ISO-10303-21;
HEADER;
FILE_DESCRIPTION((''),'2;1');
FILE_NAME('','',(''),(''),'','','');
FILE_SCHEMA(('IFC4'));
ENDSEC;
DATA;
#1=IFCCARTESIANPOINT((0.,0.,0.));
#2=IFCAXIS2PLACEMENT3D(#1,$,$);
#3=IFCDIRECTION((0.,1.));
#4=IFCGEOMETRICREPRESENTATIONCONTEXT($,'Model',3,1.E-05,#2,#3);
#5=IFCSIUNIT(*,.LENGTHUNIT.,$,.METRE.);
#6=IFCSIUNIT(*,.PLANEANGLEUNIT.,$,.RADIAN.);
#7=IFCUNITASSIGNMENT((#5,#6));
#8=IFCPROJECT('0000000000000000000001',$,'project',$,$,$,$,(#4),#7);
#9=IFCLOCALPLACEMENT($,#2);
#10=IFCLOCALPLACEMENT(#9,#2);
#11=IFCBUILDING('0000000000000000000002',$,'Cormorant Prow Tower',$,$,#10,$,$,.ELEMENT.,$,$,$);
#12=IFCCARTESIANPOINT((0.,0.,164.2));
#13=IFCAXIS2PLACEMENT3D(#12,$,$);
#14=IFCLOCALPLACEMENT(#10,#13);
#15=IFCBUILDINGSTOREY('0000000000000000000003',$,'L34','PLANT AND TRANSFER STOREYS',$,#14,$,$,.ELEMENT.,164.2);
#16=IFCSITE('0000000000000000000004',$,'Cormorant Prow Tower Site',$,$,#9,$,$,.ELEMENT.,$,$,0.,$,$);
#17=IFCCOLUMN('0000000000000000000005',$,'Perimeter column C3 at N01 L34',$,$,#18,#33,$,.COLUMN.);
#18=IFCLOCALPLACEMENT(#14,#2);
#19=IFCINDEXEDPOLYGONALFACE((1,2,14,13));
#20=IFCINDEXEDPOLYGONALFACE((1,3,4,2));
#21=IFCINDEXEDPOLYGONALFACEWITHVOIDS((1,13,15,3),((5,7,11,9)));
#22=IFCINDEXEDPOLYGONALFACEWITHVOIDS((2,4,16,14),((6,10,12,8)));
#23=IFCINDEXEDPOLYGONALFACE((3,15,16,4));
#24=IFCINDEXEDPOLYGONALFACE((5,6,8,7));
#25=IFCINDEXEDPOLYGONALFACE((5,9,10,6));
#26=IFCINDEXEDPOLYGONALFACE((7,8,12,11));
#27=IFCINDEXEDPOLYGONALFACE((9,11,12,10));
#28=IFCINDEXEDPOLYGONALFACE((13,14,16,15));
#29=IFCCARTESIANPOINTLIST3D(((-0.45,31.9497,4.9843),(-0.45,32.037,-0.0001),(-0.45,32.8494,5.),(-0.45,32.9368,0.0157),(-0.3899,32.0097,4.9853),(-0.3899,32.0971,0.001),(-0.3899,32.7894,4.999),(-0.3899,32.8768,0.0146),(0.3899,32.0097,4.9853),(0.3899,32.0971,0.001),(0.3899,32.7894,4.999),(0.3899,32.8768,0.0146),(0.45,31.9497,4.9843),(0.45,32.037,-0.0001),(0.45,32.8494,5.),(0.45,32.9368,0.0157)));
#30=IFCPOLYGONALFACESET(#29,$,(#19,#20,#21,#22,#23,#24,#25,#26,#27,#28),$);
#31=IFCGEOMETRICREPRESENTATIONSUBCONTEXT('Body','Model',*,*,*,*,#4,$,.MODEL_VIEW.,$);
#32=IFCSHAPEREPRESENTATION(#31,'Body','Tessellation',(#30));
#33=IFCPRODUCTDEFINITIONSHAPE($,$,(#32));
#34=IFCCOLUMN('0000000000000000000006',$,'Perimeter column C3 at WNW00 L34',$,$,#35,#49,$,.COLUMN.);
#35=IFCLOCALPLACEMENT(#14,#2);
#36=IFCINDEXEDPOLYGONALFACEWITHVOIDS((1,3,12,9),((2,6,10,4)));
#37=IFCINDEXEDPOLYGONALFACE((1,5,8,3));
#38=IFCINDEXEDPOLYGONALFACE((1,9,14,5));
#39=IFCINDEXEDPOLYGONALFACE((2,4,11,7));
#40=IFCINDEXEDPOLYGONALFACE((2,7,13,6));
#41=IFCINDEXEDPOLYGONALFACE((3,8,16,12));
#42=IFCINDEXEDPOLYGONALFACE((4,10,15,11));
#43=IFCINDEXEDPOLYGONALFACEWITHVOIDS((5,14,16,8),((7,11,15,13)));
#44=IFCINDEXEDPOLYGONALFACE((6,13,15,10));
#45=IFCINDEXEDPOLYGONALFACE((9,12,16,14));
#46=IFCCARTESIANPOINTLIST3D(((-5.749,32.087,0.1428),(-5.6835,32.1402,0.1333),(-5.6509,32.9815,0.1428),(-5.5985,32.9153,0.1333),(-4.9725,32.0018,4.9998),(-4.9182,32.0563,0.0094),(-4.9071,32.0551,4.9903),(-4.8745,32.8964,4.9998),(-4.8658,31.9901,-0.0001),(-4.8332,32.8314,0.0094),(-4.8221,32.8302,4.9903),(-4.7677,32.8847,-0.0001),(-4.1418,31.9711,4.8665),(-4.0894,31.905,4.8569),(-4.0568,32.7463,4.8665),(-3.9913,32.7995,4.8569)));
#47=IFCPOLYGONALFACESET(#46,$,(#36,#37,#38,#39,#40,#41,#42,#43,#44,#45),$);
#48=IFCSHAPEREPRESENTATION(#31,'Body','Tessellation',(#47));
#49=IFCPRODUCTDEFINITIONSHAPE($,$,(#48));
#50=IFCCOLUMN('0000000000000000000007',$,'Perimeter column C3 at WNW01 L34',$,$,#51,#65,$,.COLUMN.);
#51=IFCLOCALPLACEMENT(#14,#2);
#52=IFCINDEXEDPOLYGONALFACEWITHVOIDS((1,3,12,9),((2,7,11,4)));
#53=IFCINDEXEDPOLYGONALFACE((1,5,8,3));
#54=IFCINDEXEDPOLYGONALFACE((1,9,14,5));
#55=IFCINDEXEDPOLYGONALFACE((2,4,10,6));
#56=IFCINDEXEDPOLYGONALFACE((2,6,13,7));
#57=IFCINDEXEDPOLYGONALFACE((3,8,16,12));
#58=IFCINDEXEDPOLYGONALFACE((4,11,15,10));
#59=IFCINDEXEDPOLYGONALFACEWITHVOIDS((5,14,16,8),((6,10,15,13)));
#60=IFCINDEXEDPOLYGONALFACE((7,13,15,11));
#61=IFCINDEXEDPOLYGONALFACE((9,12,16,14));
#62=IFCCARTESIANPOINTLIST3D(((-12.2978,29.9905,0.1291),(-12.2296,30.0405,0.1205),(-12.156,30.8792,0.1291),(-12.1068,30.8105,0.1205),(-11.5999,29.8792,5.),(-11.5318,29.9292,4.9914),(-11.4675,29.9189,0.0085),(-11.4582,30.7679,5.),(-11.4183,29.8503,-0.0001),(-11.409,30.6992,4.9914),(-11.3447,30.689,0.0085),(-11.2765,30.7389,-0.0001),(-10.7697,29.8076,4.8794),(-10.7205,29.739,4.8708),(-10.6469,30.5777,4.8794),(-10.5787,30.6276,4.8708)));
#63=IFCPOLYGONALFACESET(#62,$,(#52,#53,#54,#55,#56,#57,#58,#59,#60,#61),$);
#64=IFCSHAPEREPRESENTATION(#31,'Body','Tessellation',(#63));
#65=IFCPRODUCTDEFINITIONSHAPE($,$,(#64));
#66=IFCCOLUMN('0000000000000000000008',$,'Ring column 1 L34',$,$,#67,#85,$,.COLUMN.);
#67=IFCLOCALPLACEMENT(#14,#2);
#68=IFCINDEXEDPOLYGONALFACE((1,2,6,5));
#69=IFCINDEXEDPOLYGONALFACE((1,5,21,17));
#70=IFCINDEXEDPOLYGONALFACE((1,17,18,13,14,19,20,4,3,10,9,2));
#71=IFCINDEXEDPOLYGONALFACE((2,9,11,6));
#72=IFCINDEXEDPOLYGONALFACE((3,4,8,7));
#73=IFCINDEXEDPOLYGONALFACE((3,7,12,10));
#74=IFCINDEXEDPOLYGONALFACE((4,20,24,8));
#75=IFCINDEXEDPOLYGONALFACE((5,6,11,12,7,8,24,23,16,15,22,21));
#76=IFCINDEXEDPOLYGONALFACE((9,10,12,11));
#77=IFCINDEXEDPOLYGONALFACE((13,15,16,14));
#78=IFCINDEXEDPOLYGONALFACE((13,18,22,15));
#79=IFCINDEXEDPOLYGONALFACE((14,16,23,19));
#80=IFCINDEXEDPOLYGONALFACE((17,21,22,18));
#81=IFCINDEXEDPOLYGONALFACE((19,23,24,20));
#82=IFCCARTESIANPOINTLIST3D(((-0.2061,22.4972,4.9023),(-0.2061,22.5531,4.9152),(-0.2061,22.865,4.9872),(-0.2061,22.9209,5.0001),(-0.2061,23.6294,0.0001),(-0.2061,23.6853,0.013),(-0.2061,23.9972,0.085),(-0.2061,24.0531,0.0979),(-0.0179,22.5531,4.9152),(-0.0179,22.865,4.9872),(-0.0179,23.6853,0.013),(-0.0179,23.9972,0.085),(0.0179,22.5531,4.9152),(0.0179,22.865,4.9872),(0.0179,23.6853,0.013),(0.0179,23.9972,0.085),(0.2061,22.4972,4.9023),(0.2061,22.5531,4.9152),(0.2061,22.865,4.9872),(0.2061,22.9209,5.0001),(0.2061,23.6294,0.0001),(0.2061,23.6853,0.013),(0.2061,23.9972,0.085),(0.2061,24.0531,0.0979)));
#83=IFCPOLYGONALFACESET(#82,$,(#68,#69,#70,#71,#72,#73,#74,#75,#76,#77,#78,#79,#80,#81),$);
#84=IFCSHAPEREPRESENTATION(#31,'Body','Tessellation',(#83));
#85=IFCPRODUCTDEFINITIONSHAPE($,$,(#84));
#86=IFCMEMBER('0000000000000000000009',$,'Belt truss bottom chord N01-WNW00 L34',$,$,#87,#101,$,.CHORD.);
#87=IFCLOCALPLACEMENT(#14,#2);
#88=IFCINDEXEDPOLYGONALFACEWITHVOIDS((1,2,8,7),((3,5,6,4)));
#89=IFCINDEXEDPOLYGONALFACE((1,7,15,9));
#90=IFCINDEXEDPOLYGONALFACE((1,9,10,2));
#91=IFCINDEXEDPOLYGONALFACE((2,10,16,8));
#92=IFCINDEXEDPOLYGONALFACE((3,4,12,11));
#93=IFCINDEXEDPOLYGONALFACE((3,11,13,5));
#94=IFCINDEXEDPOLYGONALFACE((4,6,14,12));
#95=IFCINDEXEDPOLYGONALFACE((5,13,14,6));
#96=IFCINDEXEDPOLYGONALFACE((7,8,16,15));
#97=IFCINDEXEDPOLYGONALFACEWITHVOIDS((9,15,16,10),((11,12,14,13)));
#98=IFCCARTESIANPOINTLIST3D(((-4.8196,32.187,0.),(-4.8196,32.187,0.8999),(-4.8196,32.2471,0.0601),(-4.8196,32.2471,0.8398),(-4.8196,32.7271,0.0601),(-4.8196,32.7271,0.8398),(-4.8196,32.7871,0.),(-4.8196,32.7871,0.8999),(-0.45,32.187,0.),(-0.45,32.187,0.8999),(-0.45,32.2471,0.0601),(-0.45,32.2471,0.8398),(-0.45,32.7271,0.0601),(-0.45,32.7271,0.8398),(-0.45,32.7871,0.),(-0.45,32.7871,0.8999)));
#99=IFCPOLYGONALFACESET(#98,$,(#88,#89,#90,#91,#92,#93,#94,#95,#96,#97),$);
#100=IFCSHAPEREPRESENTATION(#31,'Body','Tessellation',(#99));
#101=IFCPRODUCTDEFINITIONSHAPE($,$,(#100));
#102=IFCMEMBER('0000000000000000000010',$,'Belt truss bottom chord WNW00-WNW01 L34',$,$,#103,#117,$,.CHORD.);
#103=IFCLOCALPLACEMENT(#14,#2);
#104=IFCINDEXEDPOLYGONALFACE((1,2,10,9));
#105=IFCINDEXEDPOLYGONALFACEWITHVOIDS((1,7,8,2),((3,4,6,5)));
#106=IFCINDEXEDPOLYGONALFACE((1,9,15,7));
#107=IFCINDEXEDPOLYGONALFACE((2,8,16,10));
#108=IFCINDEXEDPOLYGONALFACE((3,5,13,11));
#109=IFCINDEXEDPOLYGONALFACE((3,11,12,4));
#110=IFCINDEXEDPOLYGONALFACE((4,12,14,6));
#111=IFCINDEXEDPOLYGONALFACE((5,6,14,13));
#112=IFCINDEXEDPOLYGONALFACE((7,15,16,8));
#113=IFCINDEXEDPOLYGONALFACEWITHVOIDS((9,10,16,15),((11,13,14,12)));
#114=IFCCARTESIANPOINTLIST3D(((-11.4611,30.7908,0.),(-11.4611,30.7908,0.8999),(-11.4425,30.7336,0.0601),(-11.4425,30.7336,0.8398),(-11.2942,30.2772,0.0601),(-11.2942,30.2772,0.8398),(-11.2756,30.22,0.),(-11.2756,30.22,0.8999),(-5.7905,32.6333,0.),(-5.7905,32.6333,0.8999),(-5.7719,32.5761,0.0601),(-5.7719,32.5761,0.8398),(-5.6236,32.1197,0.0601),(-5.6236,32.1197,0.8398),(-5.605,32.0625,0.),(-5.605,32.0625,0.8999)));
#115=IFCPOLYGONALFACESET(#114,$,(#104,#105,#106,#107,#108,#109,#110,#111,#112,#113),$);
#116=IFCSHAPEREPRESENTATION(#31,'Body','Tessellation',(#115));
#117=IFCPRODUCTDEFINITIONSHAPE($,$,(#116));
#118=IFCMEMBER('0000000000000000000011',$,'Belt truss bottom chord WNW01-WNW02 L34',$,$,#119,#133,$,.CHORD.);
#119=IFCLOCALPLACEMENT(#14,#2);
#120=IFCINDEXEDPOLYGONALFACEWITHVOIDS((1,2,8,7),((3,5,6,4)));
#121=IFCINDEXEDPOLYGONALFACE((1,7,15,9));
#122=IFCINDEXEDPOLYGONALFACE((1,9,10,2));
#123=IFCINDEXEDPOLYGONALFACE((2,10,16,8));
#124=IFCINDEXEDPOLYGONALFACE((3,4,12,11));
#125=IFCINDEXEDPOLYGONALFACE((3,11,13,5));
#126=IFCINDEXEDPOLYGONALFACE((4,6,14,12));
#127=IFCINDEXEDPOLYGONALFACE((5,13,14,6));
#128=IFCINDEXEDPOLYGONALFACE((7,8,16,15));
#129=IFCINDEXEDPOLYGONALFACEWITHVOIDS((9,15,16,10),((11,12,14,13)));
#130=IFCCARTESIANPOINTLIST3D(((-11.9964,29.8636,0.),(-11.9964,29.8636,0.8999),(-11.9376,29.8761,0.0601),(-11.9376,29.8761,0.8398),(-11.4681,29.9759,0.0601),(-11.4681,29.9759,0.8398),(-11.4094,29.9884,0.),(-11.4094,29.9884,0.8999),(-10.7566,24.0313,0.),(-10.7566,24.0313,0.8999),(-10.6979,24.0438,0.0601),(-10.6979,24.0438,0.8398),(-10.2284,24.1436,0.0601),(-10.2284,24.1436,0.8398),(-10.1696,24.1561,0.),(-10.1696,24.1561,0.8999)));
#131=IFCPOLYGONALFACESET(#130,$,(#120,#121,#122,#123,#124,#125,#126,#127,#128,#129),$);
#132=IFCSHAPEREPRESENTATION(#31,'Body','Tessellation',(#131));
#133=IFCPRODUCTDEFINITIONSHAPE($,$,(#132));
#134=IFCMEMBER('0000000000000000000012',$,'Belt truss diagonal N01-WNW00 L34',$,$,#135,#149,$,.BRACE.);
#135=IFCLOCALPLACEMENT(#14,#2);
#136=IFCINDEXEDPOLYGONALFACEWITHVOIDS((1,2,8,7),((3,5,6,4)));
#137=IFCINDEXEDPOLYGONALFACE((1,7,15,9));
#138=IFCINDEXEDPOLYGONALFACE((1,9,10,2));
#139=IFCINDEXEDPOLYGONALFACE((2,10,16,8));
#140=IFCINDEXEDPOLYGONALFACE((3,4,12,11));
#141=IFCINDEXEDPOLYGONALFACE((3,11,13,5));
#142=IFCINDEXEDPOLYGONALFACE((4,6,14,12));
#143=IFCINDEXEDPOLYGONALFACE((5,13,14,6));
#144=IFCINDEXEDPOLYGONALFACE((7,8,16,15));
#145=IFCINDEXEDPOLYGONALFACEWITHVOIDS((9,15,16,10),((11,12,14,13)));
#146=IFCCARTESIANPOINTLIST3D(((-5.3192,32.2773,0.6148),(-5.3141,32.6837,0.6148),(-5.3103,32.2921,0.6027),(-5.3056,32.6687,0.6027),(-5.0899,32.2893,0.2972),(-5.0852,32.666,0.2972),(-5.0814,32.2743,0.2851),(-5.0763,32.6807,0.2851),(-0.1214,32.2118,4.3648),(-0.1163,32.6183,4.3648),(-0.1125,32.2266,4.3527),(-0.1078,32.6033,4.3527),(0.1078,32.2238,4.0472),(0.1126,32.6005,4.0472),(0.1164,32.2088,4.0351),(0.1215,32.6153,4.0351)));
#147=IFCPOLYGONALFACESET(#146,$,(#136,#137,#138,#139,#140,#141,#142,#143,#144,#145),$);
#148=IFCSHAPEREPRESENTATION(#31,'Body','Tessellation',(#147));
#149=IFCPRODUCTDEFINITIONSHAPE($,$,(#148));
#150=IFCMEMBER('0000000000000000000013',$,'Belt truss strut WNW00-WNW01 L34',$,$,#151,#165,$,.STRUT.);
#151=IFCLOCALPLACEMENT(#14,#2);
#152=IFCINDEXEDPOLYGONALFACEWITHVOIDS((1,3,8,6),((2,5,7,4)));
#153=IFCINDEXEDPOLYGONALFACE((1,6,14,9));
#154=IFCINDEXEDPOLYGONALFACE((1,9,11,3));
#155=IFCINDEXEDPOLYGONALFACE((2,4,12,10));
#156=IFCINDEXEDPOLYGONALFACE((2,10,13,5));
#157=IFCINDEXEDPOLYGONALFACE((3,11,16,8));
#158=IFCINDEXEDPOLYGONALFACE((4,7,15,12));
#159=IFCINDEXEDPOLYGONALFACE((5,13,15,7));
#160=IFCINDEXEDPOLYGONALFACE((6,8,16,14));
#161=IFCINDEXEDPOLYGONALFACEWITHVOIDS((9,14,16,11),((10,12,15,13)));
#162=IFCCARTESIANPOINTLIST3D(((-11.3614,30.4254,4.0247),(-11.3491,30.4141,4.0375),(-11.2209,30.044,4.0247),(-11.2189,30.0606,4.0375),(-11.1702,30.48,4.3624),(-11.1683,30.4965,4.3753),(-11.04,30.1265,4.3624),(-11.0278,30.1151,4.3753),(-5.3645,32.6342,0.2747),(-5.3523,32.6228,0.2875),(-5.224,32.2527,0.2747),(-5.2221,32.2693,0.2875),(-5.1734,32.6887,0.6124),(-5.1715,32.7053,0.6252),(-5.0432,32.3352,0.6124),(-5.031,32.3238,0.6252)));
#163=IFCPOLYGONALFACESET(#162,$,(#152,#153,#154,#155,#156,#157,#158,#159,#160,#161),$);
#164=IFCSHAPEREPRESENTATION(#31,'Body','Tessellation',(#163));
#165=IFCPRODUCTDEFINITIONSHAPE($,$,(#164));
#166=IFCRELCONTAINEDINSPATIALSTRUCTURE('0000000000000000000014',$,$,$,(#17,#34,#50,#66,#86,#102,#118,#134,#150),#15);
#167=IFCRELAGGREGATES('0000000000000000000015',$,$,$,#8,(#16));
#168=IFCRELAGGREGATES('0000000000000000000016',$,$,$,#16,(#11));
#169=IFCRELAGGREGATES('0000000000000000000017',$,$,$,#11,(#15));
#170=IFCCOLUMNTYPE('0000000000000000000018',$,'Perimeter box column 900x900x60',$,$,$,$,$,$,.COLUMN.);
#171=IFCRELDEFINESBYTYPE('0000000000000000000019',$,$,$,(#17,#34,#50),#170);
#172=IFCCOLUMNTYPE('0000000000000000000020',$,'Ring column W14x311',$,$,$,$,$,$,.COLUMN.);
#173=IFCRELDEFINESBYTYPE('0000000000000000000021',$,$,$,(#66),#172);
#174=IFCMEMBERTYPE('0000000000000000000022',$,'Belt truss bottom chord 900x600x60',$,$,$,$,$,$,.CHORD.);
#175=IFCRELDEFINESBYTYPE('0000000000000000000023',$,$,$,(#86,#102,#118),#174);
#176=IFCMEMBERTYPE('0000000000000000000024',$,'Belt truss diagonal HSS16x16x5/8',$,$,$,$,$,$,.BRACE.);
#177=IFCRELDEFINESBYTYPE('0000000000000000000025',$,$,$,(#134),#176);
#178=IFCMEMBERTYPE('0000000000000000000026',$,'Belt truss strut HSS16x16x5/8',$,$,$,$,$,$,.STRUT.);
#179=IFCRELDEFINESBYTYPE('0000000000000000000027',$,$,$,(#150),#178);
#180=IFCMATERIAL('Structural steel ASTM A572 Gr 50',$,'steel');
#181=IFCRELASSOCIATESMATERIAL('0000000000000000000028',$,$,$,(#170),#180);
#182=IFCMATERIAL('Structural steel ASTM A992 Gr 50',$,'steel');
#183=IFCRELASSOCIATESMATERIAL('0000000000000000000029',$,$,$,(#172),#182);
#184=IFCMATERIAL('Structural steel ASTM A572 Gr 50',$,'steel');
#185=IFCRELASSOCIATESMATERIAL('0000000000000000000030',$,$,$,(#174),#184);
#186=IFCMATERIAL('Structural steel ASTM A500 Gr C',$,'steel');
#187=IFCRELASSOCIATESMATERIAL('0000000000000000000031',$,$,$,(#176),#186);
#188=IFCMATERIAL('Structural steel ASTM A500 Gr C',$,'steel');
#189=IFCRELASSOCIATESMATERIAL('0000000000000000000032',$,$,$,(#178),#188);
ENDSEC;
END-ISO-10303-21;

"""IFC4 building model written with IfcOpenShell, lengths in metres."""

from ifc_helpers import new_model, si_unit, direction, frame, origin, origin_2d, place, context, subcontext, project, spatial, hollow_rectangle, i_section, extrude, material, material_profile, profile_set, type_object, element, save


model = new_model("IFC4")

# Units and contexts
model_context = context("Model", 3, precision=1e-05, world=origin(), true_north=direction((0.0, 1.0)))
body_context = subcontext(model_context, "Body", "Model", "MODEL_VIEW")
ifc_project = project(units=[si_unit("LENGTHUNIT", "METRE"), si_unit("PLANEANGLEUNIT", "RADIAN")], contexts=[model_context])

# Site, building, storey
site_placement = place(None, origin())
site = spatial("IfcSite", under=ifc_project, at=site_placement, Name="Cormorant Prow Tower Site", CompositionType="ELEMENT", RefElevation=0.0)
building_placement = place(site_placement, origin())
building = spatial("IfcBuilding", under=site, at=building_placement, Name="Cormorant Prow Tower", CompositionType="ELEMENT")
storey_placement = place(building_placement, frame((0.0, 0.0, 164.2)))
storey = spatial("IfcBuildingStorey", under=building, at=storey_placement, Name="L34", Description="PLANT AND TRANSFER STOREYS", CompositionType="ELEMENT", Elevation=164.2)

# Columns
ifc_material_1 = material(Name="Structural steel ASTM A572 Gr 50", Category="steel")
ifc_material_profile_1 = material_profile(ifc_material_1, hollow_rectangle(XDim=0.8999, YDim=0.8999, WallThickness=0.0601, at=origin_2d()), Name="Box 900x900x60")
ifc_profile_set_1 = profile_set([ifc_material_profile_1], Name="Structural steel ASTM A572 Gr 50")
column_type_1 = type_object("IfcColumnType", Name="Perimeter box column 900x900x60", PredefinedType="COLUMN", material=ifc_profile_set_1)
column_1_placement = place(storey_placement, frame((0.0, 32.4871, 0.0), z_axis=(0.0, -0.017527, 0.999846), x_axis=(1.0, 0.0, 0.0)))
element("IfcColumn", 1, at=column_1_placement, inside=storey, type_object=column_type_1, Name="Perimeter column C3 at N01 L34", PredefinedType="COLUMN", context=body_context, shape_type="SweptSolid", body=[
    extrude(hollow_rectangle(XDim=0.8999, YDim=0.8999, WallThickness=0.0601, at=origin_2d()), frame((0.0, 0.0, 0.0078)), (0.0, 0.0, 1.0), 4.9851),
])
column_2_placement = place(storey_placement, frame((-5.2698, 32.4871, 0.0), z_axis=(0.157835, -0.017307, 0.987314), x_axis=(0.108998, 0.994042, 0.0)))
element("IfcColumn", 2, at=column_2_placement, inside=storey, type_object=column_type_1, Name="Perimeter column C3 at WNW00 L34", PredefinedType="COLUMN", context=body_context, shape_type="SweptSolid", body=[
    extrude(hollow_rectangle(XDim=0.8999, YDim=0.8999, WallThickness=0.0601, at=origin_2d()), frame((0.0, 0.0, 0.0723)), (0.0, 0.0, 1.0), 4.9194),
])
column_3_placement = place(storey_placement, frame((-11.7964, 30.3662, 0.0), z_axis=(0.141778, -0.022615, 0.98964), x_axis=(0.157518, 0.987516, 0.0)))
element("IfcColumn", 3, at=column_3_placement, inside=storey, type_object=column_type_1, Name="Perimeter column C3 at WNW01 L34", PredefinedType="COLUMN", context=body_context, shape_type="SweptSolid", body=[
    extrude(hollow_rectangle(XDim=0.8999, YDim=0.8999, WallThickness=0.0601, at=origin_2d()), frame((0.0, 0.0, 0.0652)), (0.0, 0.0, 1.0), 4.9219),
])
ifc_material_2 = material(Name="Structural steel ASTM A992 Gr 50", Category="steel")
ifc_material_profile_2 = material_profile(ifc_material_2, i_section(OverallWidth=0.4121, OverallDepth=0.4348, WebThickness=0.0359, FlangeThickness=0.0574, at=origin_2d()), Name="W14x311")
ifc_profile_set_2 = profile_set([ifc_material_profile_2], Name="Structural steel ASTM A992 Gr 50")
column_type_2 = type_object("IfcColumnType", Name="Ring column W14x311", PredefinedType="COLUMN", material=ifc_profile_set_2)
column_4_placement = place(storey_placement, frame((0.0, 23.8525, 0.0), z_axis=(0.0, -0.225033, 0.974351), x_axis=(1.0, 0.0, 0.0)))
element("IfcColumn", 4, at=column_4_placement, inside=storey, type_object=column_type_2, Name="Ring column 1 L34", PredefinedType="COLUMN", context=body_context, shape_type="SweptSolid", body=[
    extrude(i_section(OverallWidth=0.4121, OverallDepth=0.4348, WebThickness=0.0359, FlangeThickness=0.0574, at=origin_2d()), frame((0.0, 0.0, 0.0503)), (0.0, 0.0, 1.0), 5.0312),
])

# Members
ifc_material_3 = material(Name="Structural steel ASTM A572 Gr 50", Category="steel")
ifc_material_profile_3 = material_profile(ifc_material_3, hollow_rectangle(XDim=0.6001, YDim=0.8999, WallThickness=0.0601, at=origin_2d()), Name="Box 900x600x60")
ifc_profile_set_3 = profile_set([ifc_material_profile_3], Name="Structural steel ASTM A572 Gr 50")
member_type_1 = type_object("IfcMemberType", Name="Belt truss bottom chord 900x600x60", PredefinedType="CHORD", material=ifc_profile_set_3)
member_1_placement = place(storey_placement, frame((-0.45, 32.4871, 0.45), z_axis=(-1.0, 0.0, 0.0), x_axis=(0.0, -1.0, 0.0)))
element("IfcMember", 5, at=member_1_placement, inside=storey, type_object=member_type_1, Name="Belt truss bottom chord N01-WNW00 L34", PredefinedType="CHORD", context=body_context, shape_type="SweptSolid", body=[
    extrude(hollow_rectangle(XDim=0.6001, YDim=0.8999, WallThickness=0.0601, at=origin_2d()), origin(), (0.0, 0.0, 1.0), 4.3696),
])
member_2_placement = place(storey_placement, frame((-5.6978, 32.3479, 0.45), z_axis=(-0.951055, -0.30902, 0.0), x_axis=(0.30902, -0.951055, 0.0)))
element("IfcMember", 6, at=member_2_placement, inside=storey, type_object=member_type_1, Name="Belt truss bottom chord WNW00-WNW01 L34", PredefinedType="CHORD", context=body_context, shape_type="SweptSolid", body=[
    extrude(hollow_rectangle(XDim=0.6001, YDim=0.8999, WallThickness=0.0601, at=origin_2d()), origin(), (0.0, 0.0, 1.0), 5.9624),
])
member_3_placement = place(storey_placement, frame((-11.7029, 29.926, 0.45), z_axis=(0.207921, -0.978146, 0.0), x_axis=(0.978146, 0.207921, 0.0)))
element("IfcMember", 7, at=member_3_placement, inside=storey, type_object=member_type_1, Name="Belt truss bottom chord WNW01-WNW02 L34", PredefinedType="CHORD", context=body_context, shape_type="SweptSolid", body=[
    extrude(hollow_rectangle(XDim=0.6001, YDim=0.8999, WallThickness=0.0601, at=origin_2d()), origin(), (0.0, 0.0, 1.0), 5.9626),
])
ifc_material_4 = material(Name="Structural steel ASTM A500 Gr C", Category="steel")
ifc_material_profile_4 = material_profile(ifc_material_4, hollow_rectangle(XDim=0.4065, YDim=0.4065, WallThickness=0.0149, at=origin_2d()), Name="HSS16x16x5/8")
ifc_profile_set_4 = profile_set([ifc_material_profile_4], Name="Structural steel ASTM A500 Gr C")
member_type_2 = type_object("IfcMemberType", Name="Belt truss diagonal HSS16x16x5/8", PredefinedType="BRACE", material=ifc_profile_set_4)
member_4_placement = place(storey_placement, frame((-5.1978, 32.479, 0.45), z_axis=(0.810928, -0.010208, 0.585057), x_axis=(0.012587, 0.999921, 0.0)))
element("IfcMember", 8, at=member_4_placement, inside=storey, type_object=member_type_2, Name="Belt truss diagonal N01-WNW00 L34", PredefinedType="BRACE", context=body_context, shape_type="SweptSolid", body=[
    extrude(hollow_rectangle(XDim=0.4065, YDim=0.4065, WallThickness=0.0149, at=origin_2d()), origin(), (0.0, 0.0, 1.0), 6.4097),
])
ifc_material_5 = material(Name="Structural steel ASTM A500 Gr C", Category="steel")
ifc_material_profile_5 = material_profile(ifc_material_5, hollow_rectangle(XDim=0.4065, YDim=0.4065, WallThickness=0.0149, at=origin_2d()), Name="HSS16x16x5/8")
ifc_profile_set_5 = profile_set([ifc_material_profile_5], Name="Structural steel ASTM A500 Gr C")
member_type_3 = type_object("IfcMemberType", Name="Belt truss strut HSS16x16x5/8", PredefinedType="STRUT", material=ifc_profile_set_5)
member_5_placement = place(storey_placement, frame((-5.1978, 32.479, 0.45), z_axis=(-0.809326, -0.29809, 0.506097), x_axis=(0.34562, -0.938374, 0.0)))
element("IfcMember", 9, at=member_5_placement, inside=storey, type_object=member_type_3, Name="Belt truss strut WNW00-WNW01 L34", PredefinedType="STRUT", context=body_context, shape_type="SweptSolid", body=[
    extrude(hollow_rectangle(XDim=0.4065, YDim=0.4065, WallThickness=0.0149, at=origin_2d()), origin(), (0.0, 0.0, 1.0), 7.4097),
])

save(model, "model.ifc")
